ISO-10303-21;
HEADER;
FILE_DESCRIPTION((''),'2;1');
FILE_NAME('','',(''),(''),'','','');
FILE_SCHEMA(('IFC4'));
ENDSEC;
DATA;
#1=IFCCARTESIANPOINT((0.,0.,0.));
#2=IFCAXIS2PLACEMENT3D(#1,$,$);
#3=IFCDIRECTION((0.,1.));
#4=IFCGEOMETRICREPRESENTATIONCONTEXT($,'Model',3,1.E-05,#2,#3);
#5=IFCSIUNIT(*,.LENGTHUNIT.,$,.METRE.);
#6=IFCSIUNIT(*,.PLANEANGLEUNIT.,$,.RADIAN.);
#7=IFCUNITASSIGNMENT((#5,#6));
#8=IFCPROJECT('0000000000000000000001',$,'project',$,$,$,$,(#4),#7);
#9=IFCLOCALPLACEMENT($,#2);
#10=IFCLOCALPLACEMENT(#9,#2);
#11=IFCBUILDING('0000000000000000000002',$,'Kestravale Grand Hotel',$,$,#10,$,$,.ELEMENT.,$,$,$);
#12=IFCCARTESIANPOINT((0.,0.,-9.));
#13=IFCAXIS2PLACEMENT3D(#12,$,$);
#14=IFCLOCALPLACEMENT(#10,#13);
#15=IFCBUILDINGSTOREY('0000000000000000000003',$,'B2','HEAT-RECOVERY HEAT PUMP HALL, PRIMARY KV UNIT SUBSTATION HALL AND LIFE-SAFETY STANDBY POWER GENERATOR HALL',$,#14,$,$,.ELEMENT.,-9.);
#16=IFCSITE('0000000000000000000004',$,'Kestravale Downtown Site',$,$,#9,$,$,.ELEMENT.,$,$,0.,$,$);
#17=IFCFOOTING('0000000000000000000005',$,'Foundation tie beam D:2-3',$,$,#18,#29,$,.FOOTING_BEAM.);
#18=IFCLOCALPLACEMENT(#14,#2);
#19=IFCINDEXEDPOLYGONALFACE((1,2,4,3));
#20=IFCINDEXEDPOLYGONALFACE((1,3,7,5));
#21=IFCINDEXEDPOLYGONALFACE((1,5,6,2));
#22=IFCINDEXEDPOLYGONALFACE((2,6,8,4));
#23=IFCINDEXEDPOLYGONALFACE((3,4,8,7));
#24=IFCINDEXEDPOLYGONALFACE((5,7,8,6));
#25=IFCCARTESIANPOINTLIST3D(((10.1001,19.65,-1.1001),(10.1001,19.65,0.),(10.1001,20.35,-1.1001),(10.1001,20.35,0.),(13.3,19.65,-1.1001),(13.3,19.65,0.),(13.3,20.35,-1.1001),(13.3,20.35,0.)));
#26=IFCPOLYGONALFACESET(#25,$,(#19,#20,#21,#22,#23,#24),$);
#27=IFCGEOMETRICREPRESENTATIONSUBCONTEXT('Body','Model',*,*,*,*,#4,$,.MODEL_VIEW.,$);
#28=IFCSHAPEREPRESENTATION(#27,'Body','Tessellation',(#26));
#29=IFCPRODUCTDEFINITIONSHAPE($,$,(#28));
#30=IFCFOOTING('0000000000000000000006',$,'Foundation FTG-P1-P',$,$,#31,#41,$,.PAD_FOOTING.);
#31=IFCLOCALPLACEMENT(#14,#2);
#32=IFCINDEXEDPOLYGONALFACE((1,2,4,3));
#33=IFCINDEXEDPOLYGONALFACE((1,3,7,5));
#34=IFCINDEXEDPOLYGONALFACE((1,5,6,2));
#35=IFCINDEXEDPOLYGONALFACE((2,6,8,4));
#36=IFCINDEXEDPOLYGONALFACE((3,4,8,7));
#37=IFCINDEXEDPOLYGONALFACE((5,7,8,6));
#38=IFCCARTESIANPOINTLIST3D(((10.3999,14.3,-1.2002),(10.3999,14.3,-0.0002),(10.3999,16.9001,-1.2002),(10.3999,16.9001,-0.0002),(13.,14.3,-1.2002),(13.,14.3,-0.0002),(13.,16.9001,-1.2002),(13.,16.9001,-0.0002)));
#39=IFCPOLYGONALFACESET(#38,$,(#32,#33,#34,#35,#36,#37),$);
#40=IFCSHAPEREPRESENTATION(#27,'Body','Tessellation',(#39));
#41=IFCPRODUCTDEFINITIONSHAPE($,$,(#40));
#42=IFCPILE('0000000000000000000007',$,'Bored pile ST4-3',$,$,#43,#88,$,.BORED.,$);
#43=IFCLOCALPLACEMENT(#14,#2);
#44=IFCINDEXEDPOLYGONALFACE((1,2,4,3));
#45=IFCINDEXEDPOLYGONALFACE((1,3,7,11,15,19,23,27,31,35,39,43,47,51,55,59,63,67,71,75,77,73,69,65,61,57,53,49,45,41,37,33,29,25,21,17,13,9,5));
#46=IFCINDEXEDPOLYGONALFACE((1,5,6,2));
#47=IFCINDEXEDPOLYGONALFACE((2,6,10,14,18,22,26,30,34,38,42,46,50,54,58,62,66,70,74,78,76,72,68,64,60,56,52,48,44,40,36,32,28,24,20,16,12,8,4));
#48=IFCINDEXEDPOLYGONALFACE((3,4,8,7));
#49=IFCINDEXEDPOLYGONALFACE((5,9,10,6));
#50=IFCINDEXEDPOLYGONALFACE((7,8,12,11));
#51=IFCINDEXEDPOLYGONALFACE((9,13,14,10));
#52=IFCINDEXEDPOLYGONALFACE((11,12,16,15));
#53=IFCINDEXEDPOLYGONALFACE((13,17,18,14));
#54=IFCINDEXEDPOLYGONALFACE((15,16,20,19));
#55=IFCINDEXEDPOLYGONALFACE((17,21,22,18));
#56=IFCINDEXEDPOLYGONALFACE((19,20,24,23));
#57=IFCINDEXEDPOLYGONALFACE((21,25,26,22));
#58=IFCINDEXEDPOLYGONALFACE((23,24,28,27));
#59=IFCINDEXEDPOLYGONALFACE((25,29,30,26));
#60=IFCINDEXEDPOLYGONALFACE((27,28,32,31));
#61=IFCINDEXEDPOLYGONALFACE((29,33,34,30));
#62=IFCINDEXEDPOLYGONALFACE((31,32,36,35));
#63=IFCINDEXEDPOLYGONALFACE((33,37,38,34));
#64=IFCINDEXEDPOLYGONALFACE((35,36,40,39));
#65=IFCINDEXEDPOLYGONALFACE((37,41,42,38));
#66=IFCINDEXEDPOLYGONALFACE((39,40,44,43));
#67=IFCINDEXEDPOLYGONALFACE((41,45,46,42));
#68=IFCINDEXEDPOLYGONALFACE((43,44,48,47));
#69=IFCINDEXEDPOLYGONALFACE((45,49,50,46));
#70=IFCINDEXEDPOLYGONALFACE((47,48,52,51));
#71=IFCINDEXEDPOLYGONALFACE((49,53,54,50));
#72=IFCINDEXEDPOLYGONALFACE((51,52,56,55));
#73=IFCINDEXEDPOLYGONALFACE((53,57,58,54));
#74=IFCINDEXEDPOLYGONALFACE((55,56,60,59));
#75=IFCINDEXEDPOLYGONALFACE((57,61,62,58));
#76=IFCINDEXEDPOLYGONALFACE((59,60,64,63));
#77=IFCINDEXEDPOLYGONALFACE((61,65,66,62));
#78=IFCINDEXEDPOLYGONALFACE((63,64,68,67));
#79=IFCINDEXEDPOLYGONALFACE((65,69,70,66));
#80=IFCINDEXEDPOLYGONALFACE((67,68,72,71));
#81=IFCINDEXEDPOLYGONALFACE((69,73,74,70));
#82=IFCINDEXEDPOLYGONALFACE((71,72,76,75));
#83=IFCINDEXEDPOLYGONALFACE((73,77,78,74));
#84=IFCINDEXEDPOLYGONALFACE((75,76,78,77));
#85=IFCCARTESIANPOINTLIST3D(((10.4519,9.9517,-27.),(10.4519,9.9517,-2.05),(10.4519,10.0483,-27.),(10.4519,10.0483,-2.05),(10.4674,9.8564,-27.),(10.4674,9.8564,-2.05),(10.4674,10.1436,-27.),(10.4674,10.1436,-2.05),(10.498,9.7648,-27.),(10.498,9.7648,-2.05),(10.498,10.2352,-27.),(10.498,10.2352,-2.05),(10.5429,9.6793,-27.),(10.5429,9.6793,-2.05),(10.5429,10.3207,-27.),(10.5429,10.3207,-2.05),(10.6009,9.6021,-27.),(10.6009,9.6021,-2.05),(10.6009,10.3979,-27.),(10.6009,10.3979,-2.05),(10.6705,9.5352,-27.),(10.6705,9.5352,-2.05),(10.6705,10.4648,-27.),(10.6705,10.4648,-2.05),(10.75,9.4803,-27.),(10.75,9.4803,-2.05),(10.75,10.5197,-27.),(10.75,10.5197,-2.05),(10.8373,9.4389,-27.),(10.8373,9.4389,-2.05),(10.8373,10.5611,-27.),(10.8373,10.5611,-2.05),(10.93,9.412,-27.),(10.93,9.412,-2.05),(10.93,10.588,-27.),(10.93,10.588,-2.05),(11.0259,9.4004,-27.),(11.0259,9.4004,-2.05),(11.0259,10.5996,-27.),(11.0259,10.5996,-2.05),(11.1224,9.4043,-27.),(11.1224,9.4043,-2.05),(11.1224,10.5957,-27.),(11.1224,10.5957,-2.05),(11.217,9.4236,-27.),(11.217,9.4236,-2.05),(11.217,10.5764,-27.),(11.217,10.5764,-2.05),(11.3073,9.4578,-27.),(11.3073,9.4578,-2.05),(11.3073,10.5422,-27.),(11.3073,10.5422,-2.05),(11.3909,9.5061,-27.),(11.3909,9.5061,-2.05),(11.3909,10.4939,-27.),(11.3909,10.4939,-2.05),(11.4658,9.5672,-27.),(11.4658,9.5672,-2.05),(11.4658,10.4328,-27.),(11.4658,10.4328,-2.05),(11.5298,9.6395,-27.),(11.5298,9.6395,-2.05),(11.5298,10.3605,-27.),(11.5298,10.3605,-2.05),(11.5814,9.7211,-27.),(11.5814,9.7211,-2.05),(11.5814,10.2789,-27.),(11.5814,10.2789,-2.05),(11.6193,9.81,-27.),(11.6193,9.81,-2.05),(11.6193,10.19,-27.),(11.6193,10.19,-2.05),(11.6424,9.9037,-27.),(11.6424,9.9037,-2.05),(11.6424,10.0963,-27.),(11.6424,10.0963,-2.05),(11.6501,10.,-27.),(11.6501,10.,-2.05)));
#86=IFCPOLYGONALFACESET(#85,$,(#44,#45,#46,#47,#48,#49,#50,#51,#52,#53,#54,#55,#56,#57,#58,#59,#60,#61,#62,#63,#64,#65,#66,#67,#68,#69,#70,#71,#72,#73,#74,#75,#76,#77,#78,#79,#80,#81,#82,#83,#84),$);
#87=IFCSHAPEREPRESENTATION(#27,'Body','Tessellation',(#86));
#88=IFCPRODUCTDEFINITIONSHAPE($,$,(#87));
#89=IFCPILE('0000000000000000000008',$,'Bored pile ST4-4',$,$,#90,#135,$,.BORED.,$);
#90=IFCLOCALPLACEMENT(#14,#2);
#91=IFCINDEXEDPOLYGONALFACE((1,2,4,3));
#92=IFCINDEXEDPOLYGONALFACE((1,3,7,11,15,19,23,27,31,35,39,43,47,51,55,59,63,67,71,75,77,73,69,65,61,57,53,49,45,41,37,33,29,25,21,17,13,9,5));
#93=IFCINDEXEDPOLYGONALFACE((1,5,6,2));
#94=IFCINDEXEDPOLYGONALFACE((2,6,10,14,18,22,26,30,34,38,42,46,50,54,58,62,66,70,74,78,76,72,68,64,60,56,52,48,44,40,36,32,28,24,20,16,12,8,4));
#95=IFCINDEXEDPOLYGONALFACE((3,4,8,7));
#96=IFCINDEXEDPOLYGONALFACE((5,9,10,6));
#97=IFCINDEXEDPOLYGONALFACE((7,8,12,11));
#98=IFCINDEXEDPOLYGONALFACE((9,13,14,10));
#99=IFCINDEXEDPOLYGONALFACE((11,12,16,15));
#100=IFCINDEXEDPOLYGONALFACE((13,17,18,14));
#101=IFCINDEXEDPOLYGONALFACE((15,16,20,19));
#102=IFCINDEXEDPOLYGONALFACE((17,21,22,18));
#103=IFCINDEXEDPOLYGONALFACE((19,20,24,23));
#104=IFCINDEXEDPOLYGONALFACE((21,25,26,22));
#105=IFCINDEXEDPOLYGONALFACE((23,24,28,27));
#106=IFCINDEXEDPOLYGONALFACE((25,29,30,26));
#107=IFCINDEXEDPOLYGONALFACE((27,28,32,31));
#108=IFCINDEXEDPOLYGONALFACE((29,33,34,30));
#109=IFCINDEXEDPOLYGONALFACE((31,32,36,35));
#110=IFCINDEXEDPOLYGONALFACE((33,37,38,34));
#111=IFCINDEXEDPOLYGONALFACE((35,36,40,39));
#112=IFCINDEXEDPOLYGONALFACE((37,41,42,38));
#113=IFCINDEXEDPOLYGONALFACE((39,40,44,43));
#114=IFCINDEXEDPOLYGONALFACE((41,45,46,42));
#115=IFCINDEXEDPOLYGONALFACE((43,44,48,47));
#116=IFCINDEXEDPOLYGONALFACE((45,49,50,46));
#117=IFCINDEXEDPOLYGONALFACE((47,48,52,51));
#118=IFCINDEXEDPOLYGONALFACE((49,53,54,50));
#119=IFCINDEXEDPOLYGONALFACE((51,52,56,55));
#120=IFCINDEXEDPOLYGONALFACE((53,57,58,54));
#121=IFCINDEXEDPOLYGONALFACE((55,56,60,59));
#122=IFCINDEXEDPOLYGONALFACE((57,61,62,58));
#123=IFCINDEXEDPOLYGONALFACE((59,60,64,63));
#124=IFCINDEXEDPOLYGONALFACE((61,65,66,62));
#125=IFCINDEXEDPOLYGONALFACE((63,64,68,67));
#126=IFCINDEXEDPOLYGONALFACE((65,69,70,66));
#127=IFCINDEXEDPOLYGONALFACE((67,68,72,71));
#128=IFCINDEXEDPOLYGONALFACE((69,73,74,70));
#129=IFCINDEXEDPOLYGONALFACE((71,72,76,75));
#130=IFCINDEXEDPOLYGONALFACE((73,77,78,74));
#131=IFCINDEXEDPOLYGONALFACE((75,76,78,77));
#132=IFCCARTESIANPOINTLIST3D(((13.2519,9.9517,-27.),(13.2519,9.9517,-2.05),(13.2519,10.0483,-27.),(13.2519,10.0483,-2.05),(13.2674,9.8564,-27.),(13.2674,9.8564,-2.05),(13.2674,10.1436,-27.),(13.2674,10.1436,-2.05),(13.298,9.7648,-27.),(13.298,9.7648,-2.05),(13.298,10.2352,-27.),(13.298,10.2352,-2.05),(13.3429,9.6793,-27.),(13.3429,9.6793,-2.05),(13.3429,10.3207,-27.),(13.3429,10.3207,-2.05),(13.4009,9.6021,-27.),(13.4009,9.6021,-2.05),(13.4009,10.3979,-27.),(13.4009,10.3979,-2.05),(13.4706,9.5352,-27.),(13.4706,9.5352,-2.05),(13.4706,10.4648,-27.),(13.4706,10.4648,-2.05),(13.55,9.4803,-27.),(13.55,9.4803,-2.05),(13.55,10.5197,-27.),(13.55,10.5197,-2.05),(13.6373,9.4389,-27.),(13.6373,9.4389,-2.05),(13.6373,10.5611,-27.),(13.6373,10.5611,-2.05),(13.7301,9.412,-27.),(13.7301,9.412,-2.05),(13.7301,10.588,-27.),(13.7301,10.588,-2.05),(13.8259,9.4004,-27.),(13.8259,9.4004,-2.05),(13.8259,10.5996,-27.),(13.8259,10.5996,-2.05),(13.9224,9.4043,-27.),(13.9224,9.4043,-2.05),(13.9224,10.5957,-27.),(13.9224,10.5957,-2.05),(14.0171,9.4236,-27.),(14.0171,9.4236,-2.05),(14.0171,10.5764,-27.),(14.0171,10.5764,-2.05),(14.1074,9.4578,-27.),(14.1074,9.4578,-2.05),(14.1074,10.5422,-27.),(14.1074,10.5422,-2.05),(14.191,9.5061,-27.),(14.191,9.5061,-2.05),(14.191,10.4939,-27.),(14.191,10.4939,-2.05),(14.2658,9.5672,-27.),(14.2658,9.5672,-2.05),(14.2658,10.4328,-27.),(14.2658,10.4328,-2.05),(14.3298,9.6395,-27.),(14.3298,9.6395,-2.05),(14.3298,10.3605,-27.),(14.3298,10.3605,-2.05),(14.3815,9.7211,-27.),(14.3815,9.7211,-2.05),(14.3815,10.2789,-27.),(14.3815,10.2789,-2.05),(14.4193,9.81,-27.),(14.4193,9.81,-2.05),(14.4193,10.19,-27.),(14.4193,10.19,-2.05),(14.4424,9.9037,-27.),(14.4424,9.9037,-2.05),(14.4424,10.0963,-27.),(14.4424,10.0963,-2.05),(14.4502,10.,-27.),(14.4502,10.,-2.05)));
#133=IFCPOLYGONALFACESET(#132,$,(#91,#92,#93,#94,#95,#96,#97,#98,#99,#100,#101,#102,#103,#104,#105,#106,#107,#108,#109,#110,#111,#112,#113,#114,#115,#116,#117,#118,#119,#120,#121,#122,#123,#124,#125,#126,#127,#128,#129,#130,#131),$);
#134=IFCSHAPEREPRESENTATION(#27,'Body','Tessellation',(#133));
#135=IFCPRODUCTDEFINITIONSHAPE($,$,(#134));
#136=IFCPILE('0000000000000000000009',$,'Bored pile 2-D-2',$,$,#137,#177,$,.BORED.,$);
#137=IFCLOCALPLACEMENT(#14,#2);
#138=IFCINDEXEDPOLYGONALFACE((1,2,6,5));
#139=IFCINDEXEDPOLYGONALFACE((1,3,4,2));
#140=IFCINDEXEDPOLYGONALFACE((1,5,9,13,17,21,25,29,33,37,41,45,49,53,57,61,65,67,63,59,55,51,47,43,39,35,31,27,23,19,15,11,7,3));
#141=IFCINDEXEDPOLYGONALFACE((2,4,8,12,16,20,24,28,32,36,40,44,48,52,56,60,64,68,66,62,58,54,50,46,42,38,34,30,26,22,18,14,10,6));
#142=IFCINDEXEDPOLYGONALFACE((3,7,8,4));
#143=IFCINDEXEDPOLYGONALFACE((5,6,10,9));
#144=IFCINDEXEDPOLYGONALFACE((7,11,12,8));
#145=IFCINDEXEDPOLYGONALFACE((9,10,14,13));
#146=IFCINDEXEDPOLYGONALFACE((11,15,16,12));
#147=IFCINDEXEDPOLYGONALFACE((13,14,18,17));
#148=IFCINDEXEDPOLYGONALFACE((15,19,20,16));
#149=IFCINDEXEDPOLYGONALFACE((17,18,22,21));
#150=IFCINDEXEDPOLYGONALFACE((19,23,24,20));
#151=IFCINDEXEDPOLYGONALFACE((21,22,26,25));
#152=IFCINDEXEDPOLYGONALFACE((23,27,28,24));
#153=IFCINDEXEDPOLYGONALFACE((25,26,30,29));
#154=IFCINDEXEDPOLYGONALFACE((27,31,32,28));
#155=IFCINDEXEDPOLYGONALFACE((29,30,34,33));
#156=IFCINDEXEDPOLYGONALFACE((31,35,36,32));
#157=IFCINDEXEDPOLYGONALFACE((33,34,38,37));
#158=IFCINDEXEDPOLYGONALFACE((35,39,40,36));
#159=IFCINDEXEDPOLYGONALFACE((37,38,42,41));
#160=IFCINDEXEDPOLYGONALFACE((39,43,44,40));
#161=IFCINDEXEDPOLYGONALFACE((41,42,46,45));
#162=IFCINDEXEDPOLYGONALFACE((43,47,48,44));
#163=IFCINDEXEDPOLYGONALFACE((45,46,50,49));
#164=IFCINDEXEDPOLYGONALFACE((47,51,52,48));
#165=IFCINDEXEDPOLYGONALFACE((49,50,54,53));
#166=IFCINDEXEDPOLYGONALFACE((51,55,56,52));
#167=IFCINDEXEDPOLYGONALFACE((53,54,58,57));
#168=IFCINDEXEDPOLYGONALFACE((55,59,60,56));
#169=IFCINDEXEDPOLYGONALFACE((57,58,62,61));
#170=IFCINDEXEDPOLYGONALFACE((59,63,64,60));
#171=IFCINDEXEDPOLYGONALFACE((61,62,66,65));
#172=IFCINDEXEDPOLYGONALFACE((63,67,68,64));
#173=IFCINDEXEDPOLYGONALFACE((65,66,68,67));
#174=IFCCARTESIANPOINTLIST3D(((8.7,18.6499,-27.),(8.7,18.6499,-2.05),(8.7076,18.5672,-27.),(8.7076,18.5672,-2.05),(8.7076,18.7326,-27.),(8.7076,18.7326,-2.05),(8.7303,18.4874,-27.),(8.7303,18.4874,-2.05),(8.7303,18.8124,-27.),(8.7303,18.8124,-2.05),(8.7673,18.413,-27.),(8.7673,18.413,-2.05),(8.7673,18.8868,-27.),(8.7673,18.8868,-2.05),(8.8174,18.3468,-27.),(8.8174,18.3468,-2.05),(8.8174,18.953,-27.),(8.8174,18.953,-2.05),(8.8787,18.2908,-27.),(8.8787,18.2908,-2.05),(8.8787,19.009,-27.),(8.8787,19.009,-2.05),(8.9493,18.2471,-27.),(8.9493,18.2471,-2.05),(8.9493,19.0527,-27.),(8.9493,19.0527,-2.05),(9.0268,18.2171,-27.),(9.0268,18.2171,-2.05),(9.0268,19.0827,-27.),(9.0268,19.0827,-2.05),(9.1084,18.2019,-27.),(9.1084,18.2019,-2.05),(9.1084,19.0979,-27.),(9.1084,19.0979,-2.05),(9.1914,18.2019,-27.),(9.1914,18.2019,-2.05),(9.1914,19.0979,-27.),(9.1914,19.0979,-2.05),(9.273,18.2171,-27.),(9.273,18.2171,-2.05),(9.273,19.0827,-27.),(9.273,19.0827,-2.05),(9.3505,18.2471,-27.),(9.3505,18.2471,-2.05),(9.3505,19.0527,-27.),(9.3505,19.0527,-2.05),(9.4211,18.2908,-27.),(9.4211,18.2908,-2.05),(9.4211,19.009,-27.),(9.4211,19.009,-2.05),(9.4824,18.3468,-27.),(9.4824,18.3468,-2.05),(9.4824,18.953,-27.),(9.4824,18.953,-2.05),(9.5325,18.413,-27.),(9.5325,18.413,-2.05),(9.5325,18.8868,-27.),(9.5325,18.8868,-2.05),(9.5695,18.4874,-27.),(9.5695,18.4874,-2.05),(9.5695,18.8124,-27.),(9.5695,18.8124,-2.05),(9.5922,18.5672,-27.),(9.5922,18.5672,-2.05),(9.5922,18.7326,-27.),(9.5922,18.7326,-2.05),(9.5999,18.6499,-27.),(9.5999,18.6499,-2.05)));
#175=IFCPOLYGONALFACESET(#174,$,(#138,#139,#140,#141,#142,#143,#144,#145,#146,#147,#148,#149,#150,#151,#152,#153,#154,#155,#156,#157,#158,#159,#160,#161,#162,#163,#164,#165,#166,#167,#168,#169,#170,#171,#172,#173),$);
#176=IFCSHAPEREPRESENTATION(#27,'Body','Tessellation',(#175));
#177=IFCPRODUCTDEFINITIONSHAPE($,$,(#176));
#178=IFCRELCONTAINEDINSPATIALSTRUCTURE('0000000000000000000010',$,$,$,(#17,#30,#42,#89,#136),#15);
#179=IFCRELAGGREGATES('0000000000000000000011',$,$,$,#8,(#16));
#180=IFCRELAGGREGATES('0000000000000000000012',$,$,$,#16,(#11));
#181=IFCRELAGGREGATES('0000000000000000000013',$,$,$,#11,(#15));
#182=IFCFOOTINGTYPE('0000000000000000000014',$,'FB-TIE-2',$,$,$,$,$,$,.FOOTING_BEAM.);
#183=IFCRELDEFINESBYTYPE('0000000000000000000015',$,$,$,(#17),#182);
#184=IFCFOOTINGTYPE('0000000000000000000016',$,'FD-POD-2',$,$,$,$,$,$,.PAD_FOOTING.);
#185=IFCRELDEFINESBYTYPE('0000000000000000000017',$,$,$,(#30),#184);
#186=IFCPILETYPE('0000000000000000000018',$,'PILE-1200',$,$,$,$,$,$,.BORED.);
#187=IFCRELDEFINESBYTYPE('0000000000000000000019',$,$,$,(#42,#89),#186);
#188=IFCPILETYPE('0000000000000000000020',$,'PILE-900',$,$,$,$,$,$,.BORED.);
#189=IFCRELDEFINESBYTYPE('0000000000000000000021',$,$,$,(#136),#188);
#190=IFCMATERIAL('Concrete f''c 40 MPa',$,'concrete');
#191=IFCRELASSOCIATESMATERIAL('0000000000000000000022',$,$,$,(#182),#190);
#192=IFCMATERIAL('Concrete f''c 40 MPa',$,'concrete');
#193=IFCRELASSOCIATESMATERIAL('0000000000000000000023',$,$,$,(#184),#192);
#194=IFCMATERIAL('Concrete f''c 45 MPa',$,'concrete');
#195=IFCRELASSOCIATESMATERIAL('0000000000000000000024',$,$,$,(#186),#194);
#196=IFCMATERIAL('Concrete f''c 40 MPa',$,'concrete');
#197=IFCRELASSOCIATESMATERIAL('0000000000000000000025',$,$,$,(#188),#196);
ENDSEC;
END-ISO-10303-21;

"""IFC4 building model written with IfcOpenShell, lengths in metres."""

from ifc_helpers import new_model, si_unit, direction, frame, origin, origin_2d, place, context, subcontext, project, spatial, rectangle, circle, extrude, material, material_profile, profile_set, type_object, element, save


model = new_model("IFC4")

# Units and contexts
model_context = context("Model", 3, precision=1e-05, world=origin(), true_north=direction((0.0, 1.0)))
body_context = subcontext(model_context, "Body", "Model", "MODEL_VIEW")
ifc_project = project(units=[si_unit("LENGTHUNIT", "METRE"), si_unit("PLANEANGLEUNIT", "RADIAN")], contexts=[model_context])

# Site, building, storey
site_placement = place(None, origin())
site = spatial("IfcSite", under=ifc_project, at=site_placement, Name="Kestravale Downtown Site", CompositionType="ELEMENT", RefElevation=0.0)
building_placement = place(site_placement, origin())
building = spatial("IfcBuilding", under=site, at=building_placement, Name="Kestravale Grand Hotel", CompositionType="ELEMENT")
storey_placement = place(building_placement, frame((0.0, 0.0, -9.0)))
storey = spatial("IfcBuildingStorey", under=building, at=storey_placement, Name="B2", Description="HEAT-RECOVERY HEAT PUMP HALL, PRIMARY KV UNIT SUBSTATION HALL AND LIFE-SAFETY STANDBY POWER GENERATOR HALL", CompositionType="ELEMENT", Elevation=-9.0)

# Footings
ifc_material_1 = material(Name="Concrete f'c 40 MPa", Category="concrete")
ifc_material_profile_1 = material_profile(ifc_material_1, rectangle(XDim=0.7, YDim=1.1001, at=origin_2d()))
ifc_profile_set_1 = profile_set([ifc_material_profile_1], Name="Concrete f'c 40 MPa")
footing_type_1 = type_object("IfcFootingType", Name="FB-TIE-2", PredefinedType="FOOTING_BEAM", material=ifc_profile_set_1)
footing_1_placement = place(storey_placement, frame((10.1001, 20.0, -0.55), z_axis=(1.0, 0.0, 0.0), x_axis=(0.0, 1.0, 0.0)))
element("IfcFooting", 1, at=footing_1_placement, inside=storey, type_object=footing_type_1, Name="Foundation tie beam D:2-3", PredefinedType="FOOTING_BEAM", context=body_context, shape_type="SweptSolid", body=[
    extrude(rectangle(XDim=0.7, YDim=1.1001, at=origin_2d()), origin(), (0.0, 0.0, 1.0), 3.2),
])
ifc_material_2 = material(Name="Concrete f'c 40 MPa", Category="concrete")
footing_type_2 = type_object("IfcFootingType", Name="FD-POD-2", PredefinedType="PAD_FOOTING", material=ifc_material_2)
footing_2_placement = place(storey_placement, frame((11.7, 15.6001, -1.2002), z_axis=(0.0, 0.0, 1.0), x_axis=(1.0, 0.0, 0.0)))
element("IfcFooting", 2, at=footing_2_placement, inside=storey, type_object=footing_type_2, Name="Foundation FTG-P1-P", PredefinedType="PAD_FOOTING", context=body_context, shape_type="SweptSolid", body=[
    extrude(rectangle(XDim=2.6001, YDim=2.6001, at=origin_2d()), origin(), (0.0, 0.0, 1.0), 1.2),
])

# Piles
ifc_material_3 = material(Name="Concrete f'c 45 MPa", Category="concrete")
ifc_material_profile_2 = material_profile(ifc_material_3, circle(Radius=0.6001, at=origin_2d()))
ifc_profile_set_2 = profile_set([ifc_material_profile_2], Name="Concrete f'c 45 MPa")
pile_type_1 = type_object("IfcPileType", Name="PILE-1200", PredefinedType="BORED", material=ifc_profile_set_2)
for number, where, z_axis, x_axis, name in (
    (3, (11.05, 10.0, -2.05), (0.0, 0.0, -1.0), (1.0, 0.0, 0.0), "Bored pile ST4-3"),
    (4, (13.8501, 10.0, -2.05), (0.0, 0.0, -1.0), (1.0, 0.0, 0.0), "Bored pile ST4-4"),
):
    element("IfcPile", number, at=place(storey_placement, frame(where, z_axis=z_axis, x_axis=x_axis)), inside=storey, type_object=pile_type_1, Name=name, PredefinedType="BORED", context=body_context, shape_type="SweptSolid", body=[
        extrude(circle(Radius=0.6001, at=origin_2d()), origin(), (0.0, 0.0, 1.0), 24.95),
    ])
ifc_material_4 = material(Name="Concrete f'c 40 MPa", Category="concrete")
ifc_material_profile_3 = material_profile(ifc_material_4, circle(Radius=0.45, at=origin_2d()))
ifc_profile_set_3 = profile_set([ifc_material_profile_3], Name="Concrete f'c 40 MPa")
pile_type_2 = type_object("IfcPileType", Name="PILE-900", PredefinedType="BORED", material=ifc_profile_set_3)
for number, where, z_axis, x_axis, name in (
    (5, (9.1499, 18.6499, -2.05), (0.0, 0.0, -1.0), (1.0, 0.0, 0.0), "Bored pile 2-D-2"),
):
    element("IfcPile", number, at=place(storey_placement, frame(where, z_axis=z_axis, x_axis=x_axis)), inside=storey, type_object=pile_type_2, Name=name, PredefinedType="BORED", context=body_context, shape_type="SweptSolid", body=[
        extrude(circle(Radius=0.45, at=origin_2d()), origin(), (0.0, 0.0, 1.0), 24.95),
    ])

save(model, "model.ifc")
